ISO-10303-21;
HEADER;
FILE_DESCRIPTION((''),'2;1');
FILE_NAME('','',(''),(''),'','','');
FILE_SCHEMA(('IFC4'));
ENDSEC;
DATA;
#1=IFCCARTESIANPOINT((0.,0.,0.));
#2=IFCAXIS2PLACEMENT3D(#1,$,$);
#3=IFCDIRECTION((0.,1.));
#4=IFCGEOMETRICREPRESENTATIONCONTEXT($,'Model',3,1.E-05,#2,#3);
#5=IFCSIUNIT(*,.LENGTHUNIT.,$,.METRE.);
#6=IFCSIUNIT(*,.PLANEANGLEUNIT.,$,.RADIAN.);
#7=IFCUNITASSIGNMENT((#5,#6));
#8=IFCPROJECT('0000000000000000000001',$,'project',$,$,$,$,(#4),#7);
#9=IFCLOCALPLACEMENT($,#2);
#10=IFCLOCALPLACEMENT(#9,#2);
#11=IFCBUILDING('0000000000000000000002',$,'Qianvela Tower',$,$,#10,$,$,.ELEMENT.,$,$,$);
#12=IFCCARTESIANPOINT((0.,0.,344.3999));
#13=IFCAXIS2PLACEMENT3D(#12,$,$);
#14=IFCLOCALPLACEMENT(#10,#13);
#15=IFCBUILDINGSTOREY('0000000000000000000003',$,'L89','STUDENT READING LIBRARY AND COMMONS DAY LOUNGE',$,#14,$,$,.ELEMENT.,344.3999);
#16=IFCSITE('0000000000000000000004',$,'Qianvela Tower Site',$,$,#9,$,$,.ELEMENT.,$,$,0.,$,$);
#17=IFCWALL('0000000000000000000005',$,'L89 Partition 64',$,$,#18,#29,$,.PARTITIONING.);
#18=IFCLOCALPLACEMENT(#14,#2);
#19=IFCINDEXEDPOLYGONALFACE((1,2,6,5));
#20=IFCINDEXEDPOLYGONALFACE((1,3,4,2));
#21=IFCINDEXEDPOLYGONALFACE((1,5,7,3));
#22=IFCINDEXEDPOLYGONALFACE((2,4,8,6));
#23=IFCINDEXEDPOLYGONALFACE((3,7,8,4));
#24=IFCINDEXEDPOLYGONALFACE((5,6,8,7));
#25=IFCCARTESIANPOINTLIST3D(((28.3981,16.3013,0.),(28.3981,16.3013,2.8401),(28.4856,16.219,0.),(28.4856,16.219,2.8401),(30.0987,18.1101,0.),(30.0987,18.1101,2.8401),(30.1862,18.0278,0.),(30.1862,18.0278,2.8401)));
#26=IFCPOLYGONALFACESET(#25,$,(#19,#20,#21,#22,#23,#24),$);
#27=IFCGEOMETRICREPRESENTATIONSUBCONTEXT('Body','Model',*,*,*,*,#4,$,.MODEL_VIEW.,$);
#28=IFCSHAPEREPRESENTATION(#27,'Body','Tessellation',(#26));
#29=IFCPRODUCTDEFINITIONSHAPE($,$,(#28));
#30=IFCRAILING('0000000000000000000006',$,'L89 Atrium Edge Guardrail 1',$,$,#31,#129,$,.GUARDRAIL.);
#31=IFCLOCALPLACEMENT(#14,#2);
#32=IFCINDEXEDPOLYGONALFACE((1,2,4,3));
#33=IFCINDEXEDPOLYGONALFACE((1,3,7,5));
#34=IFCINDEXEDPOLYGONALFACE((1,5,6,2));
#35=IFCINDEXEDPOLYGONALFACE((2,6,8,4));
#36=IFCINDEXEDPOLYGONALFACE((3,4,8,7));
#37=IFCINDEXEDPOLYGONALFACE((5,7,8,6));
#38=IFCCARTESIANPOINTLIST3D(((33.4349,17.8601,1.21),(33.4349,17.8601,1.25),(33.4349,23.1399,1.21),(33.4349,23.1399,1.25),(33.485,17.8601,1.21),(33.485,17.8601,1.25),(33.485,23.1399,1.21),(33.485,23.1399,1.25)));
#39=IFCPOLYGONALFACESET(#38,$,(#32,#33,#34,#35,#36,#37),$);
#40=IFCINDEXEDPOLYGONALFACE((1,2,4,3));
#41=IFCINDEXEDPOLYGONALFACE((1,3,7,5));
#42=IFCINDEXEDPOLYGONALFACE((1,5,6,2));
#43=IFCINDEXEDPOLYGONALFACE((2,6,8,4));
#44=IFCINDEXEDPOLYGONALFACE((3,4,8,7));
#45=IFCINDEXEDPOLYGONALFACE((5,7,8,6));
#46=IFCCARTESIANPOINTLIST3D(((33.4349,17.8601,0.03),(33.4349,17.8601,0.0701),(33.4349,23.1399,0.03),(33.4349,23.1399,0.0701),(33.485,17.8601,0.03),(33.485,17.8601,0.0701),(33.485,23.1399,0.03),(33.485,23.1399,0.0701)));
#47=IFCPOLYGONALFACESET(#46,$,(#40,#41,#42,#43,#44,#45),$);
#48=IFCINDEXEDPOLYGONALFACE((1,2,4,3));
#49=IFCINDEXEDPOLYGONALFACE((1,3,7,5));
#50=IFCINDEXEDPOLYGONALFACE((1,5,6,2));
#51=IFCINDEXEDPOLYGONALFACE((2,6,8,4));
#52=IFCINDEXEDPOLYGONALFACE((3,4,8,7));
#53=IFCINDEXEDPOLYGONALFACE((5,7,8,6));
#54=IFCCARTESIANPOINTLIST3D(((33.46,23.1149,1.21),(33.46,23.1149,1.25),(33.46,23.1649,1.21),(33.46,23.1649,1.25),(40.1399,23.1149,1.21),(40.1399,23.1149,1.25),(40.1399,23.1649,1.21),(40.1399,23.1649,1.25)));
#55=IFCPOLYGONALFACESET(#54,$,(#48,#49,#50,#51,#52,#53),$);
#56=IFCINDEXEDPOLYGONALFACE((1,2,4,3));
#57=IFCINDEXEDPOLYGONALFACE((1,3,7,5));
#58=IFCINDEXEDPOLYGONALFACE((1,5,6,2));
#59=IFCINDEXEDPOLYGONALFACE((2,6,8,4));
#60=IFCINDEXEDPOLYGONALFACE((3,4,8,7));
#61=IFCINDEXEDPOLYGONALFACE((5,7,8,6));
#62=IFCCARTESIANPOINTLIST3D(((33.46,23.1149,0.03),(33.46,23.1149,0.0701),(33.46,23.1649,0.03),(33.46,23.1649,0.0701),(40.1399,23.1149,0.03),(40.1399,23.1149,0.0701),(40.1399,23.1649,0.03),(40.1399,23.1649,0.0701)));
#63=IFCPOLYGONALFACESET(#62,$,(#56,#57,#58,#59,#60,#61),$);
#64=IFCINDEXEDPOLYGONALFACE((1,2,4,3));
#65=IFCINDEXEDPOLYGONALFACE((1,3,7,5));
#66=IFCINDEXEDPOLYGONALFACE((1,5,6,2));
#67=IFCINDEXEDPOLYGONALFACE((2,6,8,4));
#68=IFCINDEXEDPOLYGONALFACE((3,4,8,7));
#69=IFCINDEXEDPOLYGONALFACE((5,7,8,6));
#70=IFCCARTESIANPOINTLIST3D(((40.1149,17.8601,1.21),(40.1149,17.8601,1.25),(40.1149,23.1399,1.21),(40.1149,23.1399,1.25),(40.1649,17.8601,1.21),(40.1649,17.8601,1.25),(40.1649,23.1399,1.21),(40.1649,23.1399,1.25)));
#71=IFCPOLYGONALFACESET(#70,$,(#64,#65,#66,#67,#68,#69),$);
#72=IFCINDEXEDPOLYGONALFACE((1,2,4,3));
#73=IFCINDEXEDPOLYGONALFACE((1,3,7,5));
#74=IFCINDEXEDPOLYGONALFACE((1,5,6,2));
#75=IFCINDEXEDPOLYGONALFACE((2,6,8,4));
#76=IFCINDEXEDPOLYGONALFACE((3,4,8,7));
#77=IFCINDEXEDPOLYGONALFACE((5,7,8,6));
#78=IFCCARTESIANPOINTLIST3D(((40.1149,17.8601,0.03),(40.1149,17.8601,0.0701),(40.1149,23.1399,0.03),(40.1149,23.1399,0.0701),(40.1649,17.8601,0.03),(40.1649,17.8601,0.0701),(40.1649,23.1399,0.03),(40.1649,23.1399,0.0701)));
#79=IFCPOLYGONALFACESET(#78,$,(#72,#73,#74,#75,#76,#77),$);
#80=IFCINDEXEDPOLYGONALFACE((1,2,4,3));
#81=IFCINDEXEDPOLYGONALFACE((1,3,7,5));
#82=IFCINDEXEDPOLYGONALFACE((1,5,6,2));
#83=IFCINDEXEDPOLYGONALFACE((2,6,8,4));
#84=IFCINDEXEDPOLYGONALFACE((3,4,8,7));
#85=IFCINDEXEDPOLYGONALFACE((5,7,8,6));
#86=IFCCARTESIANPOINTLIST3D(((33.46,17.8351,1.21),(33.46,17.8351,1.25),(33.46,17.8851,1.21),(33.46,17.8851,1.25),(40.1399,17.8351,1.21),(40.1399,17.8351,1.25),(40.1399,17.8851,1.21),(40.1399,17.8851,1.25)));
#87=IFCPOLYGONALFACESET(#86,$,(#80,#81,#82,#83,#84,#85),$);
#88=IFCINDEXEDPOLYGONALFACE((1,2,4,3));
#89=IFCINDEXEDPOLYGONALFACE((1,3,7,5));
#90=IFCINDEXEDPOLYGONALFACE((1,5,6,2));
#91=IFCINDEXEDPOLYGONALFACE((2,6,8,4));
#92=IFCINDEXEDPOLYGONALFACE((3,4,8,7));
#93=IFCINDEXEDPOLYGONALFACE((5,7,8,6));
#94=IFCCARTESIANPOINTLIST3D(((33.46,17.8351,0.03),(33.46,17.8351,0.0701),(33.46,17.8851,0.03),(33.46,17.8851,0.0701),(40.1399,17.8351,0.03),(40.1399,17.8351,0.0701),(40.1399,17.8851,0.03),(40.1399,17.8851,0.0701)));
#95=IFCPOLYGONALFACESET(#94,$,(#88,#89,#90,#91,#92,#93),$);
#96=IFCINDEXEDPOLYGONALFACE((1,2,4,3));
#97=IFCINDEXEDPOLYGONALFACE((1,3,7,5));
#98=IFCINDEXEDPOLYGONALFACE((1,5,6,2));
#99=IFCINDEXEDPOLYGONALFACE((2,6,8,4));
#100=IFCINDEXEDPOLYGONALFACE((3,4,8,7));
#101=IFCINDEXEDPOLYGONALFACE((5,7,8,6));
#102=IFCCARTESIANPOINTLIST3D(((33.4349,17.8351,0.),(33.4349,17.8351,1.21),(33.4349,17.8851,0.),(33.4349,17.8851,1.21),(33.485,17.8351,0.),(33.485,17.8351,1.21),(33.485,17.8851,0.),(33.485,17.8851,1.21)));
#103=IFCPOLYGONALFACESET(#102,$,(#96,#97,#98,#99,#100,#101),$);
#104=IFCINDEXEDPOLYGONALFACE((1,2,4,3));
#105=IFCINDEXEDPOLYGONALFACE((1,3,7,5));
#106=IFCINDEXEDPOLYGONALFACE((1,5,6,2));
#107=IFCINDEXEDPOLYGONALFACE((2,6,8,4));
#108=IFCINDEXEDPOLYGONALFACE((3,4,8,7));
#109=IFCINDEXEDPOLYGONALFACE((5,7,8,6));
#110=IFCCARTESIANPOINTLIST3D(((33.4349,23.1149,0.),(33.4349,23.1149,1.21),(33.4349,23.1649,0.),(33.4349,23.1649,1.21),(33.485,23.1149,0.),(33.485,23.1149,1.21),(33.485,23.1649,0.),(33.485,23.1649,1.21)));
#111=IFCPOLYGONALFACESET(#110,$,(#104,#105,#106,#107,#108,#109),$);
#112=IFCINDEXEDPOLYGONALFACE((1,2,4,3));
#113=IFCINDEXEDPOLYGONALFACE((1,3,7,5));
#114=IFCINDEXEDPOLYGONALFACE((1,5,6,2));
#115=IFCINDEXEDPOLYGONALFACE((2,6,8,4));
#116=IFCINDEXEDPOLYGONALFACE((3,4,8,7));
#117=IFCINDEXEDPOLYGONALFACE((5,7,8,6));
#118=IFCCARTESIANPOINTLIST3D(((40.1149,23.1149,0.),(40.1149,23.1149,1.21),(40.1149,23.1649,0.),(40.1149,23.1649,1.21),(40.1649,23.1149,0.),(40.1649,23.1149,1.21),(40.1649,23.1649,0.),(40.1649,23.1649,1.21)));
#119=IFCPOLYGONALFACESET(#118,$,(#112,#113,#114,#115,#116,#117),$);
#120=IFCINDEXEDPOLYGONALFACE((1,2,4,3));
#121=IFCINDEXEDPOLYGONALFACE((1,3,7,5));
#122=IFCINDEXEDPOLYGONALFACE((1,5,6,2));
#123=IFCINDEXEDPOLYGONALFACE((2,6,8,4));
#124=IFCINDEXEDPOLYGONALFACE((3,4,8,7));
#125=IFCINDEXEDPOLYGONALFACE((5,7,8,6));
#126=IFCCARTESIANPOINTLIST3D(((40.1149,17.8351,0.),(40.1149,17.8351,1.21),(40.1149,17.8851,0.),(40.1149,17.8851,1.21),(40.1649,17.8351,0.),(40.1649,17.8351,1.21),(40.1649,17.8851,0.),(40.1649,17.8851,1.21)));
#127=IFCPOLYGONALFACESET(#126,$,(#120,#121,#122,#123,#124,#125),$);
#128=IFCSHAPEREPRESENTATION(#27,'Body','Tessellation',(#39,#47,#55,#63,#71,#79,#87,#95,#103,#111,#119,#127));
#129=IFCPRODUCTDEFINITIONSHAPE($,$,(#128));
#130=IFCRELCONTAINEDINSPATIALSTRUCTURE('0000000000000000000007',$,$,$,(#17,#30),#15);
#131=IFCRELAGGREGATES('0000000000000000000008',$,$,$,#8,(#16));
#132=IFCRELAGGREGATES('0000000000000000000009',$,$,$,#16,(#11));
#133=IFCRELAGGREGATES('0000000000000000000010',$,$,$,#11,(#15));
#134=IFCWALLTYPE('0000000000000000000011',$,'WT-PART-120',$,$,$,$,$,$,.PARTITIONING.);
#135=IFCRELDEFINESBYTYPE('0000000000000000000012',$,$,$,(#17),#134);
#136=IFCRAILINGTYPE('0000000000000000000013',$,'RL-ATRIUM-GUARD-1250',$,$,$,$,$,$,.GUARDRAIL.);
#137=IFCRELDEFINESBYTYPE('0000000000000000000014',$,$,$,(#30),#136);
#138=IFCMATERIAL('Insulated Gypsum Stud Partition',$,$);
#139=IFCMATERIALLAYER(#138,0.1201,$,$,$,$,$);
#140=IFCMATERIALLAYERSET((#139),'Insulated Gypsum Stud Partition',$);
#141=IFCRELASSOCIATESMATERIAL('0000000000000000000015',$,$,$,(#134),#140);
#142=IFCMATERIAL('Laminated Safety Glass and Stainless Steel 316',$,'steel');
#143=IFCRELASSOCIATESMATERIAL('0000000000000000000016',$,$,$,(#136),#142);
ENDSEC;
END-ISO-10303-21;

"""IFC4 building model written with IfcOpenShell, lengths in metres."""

from ifc_helpers import new_model, si_unit, direction, frame, frame_2d, origin, origin_2d, place, context, subcontext, project, spatial, rectangle, extrude, material, layer, layer_set, type_object, element, save


model = new_model("IFC4")

# Units and contexts
model_context = context("Model", 3, precision=1e-05, world=origin(), true_north=direction((0.0, 1.0)))
body_context = subcontext(model_context, "Body", "Model", "MODEL_VIEW")
ifc_project = project(units=[si_unit("LENGTHUNIT", "METRE"), si_unit("PLANEANGLEUNIT", "RADIAN")], contexts=[model_context])

# Site, building, storey
site_placement = place(None, origin())
site = spatial("IfcSite", under=ifc_project, at=site_placement, Name="Qianvela Tower Site", CompositionType="ELEMENT", RefElevation=0.0)
building_placement = place(site_placement, origin())
building = spatial("IfcBuilding", under=site, at=building_placement, Name="Qianvela Tower", CompositionType="ELEMENT")
storey_placement = place(building_placement, frame((0.0, 0.0, 344.3999)))
storey = spatial("IfcBuildingStorey", under=building, at=storey_placement, Name="L89", Description="STUDENT READING LIBRARY AND COMMONS DAY LOUNGE", CompositionType="ELEMENT", Elevation=344.3999)

# Wall
ifc_material_1 = material(Name="Insulated Gypsum Stud Partition")
ifc_layer_1 = layer(ifc_material_1, 0.1201)
ifc_layer_set_1 = layer_set([ifc_layer_1], Name="Insulated Gypsum Stud Partition")
wall_type_1 = type_object("IfcWallType", Name="WT-PART-120", PredefinedType="PARTITIONING", material=ifc_layer_set_1)
wall_1_placement = place(storey_placement, frame((28.4419, 16.2603, 0.0), z_axis=(0.0, 0.0, 1.0), x_axis=(0.68499, 0.728552, 0.0)))
element("IfcWall", 1, at=wall_1_placement, inside=storey, type_object=wall_type_1, Name="L89 Partition 64", PredefinedType="PARTITIONING", context=body_context, shape_type="SweptSolid", body=[
    extrude(rectangle(XDim=2.4827, YDim=0.1201, at=frame_2d((1.2412, 0.0))), origin(), (0.0, 0.0, 1.0), 2.8401),
])

# Railing
ifc_material_2 = material(Name="Laminated Safety Glass and Stainless Steel 316", Category="steel")
railing_type = type_object("IfcRailingType", Name="RL-ATRIUM-GUARD-1250", PredefinedType="GUARDRAIL", material=ifc_material_2)
railing_placement = place(storey_placement, frame((33.46, 17.8601, 0.0)))
element("IfcRailing", 2, at=railing_placement, inside=storey, type_object=railing_type, Name="L89 Atrium Edge Guardrail 1", PredefinedType="GUARDRAIL", context=body_context, shape_type="SweptSolid", body=[
    extrude(rectangle(XDim=0.05, YDim=0.04, at=origin_2d()), frame((0.0, 0.0, 1.23), z_axis=(0.0, 1.0, 0.0), x_axis=(-1.0, 0.0, 0.0)), (0.0, 0.0, 1.0), 5.2798),
    extrude(rectangle(XDim=0.05, YDim=0.04, at=origin_2d()), frame((0.0, 0.0, 0.05), z_axis=(0.0, 1.0, 0.0), x_axis=(-1.0, 0.0, 0.0)), (0.0, 0.0, 1.0), 5.2798),
    extrude(rectangle(XDim=0.05, YDim=0.04, at=origin_2d()), frame((0.0, 5.2798, 1.23), z_axis=(1.0, 0.0, 0.0), x_axis=(0.0, 1.0, 0.0)), (0.0, 0.0, 1.0), 6.6799),
    extrude(rectangle(XDim=0.05, YDim=0.04, at=origin_2d()), frame((0.0, 5.2798, 0.05), z_axis=(1.0, 0.0, 0.0), x_axis=(0.0, 1.0, 0.0)), (0.0, 0.0, 1.0), 6.6799),
    extrude(rectangle(XDim=0.05, YDim=0.04, at=origin_2d()), frame((6.6799, 5.2798, 1.23), z_axis=(0.0, -1.0, 0.0), x_axis=(1.0, 0.0, 0.0)), (0.0, 0.0, 1.0), 5.2798),
    extrude(rectangle(XDim=0.05, YDim=0.04, at=origin_2d()), frame((6.6799, 5.2798, 0.05), z_axis=(0.0, -1.0, 0.0), x_axis=(1.0, 0.0, 0.0)), (0.0, 0.0, 1.0), 5.2798),
    extrude(rectangle(XDim=0.05, YDim=0.04, at=origin_2d()), frame((6.6799, 0.0, 1.23), z_axis=(-1.0, 0.0, 0.0), x_axis=(0.0, -1.0, 0.0)), (0.0, 0.0, 1.0), 6.6799),
    extrude(rectangle(XDim=0.05, YDim=0.04, at=origin_2d()), frame((6.6799, 0.0, 0.05), z_axis=(-1.0, 0.0, 0.0), x_axis=(0.0, -1.0, 0.0)), (0.0, 0.0, 1.0), 6.6799),
    extrude(rectangle(XDim=0.05, YDim=0.05, at=origin_2d()), origin(), (0.0, 0.0, 1.0), 1.21),
    extrude(rectangle(XDim=0.05, YDim=0.05, at=origin_2d()), frame((0.0, 5.2798, 0.0)), (0.0, 0.0, 1.0), 1.21),
    extrude(rectangle(XDim=0.05, YDim=0.05, at=origin_2d()), frame((6.6799, 5.2798, 0.0)), (0.0, 0.0, 1.0), 1.21),
    extrude(rectangle(XDim=0.05, YDim=0.05, at=origin_2d()), frame((6.6799, 0.0, 0.0)), (0.0, 0.0, 1.0), 1.21),
])

save(model, "model.ifc")
